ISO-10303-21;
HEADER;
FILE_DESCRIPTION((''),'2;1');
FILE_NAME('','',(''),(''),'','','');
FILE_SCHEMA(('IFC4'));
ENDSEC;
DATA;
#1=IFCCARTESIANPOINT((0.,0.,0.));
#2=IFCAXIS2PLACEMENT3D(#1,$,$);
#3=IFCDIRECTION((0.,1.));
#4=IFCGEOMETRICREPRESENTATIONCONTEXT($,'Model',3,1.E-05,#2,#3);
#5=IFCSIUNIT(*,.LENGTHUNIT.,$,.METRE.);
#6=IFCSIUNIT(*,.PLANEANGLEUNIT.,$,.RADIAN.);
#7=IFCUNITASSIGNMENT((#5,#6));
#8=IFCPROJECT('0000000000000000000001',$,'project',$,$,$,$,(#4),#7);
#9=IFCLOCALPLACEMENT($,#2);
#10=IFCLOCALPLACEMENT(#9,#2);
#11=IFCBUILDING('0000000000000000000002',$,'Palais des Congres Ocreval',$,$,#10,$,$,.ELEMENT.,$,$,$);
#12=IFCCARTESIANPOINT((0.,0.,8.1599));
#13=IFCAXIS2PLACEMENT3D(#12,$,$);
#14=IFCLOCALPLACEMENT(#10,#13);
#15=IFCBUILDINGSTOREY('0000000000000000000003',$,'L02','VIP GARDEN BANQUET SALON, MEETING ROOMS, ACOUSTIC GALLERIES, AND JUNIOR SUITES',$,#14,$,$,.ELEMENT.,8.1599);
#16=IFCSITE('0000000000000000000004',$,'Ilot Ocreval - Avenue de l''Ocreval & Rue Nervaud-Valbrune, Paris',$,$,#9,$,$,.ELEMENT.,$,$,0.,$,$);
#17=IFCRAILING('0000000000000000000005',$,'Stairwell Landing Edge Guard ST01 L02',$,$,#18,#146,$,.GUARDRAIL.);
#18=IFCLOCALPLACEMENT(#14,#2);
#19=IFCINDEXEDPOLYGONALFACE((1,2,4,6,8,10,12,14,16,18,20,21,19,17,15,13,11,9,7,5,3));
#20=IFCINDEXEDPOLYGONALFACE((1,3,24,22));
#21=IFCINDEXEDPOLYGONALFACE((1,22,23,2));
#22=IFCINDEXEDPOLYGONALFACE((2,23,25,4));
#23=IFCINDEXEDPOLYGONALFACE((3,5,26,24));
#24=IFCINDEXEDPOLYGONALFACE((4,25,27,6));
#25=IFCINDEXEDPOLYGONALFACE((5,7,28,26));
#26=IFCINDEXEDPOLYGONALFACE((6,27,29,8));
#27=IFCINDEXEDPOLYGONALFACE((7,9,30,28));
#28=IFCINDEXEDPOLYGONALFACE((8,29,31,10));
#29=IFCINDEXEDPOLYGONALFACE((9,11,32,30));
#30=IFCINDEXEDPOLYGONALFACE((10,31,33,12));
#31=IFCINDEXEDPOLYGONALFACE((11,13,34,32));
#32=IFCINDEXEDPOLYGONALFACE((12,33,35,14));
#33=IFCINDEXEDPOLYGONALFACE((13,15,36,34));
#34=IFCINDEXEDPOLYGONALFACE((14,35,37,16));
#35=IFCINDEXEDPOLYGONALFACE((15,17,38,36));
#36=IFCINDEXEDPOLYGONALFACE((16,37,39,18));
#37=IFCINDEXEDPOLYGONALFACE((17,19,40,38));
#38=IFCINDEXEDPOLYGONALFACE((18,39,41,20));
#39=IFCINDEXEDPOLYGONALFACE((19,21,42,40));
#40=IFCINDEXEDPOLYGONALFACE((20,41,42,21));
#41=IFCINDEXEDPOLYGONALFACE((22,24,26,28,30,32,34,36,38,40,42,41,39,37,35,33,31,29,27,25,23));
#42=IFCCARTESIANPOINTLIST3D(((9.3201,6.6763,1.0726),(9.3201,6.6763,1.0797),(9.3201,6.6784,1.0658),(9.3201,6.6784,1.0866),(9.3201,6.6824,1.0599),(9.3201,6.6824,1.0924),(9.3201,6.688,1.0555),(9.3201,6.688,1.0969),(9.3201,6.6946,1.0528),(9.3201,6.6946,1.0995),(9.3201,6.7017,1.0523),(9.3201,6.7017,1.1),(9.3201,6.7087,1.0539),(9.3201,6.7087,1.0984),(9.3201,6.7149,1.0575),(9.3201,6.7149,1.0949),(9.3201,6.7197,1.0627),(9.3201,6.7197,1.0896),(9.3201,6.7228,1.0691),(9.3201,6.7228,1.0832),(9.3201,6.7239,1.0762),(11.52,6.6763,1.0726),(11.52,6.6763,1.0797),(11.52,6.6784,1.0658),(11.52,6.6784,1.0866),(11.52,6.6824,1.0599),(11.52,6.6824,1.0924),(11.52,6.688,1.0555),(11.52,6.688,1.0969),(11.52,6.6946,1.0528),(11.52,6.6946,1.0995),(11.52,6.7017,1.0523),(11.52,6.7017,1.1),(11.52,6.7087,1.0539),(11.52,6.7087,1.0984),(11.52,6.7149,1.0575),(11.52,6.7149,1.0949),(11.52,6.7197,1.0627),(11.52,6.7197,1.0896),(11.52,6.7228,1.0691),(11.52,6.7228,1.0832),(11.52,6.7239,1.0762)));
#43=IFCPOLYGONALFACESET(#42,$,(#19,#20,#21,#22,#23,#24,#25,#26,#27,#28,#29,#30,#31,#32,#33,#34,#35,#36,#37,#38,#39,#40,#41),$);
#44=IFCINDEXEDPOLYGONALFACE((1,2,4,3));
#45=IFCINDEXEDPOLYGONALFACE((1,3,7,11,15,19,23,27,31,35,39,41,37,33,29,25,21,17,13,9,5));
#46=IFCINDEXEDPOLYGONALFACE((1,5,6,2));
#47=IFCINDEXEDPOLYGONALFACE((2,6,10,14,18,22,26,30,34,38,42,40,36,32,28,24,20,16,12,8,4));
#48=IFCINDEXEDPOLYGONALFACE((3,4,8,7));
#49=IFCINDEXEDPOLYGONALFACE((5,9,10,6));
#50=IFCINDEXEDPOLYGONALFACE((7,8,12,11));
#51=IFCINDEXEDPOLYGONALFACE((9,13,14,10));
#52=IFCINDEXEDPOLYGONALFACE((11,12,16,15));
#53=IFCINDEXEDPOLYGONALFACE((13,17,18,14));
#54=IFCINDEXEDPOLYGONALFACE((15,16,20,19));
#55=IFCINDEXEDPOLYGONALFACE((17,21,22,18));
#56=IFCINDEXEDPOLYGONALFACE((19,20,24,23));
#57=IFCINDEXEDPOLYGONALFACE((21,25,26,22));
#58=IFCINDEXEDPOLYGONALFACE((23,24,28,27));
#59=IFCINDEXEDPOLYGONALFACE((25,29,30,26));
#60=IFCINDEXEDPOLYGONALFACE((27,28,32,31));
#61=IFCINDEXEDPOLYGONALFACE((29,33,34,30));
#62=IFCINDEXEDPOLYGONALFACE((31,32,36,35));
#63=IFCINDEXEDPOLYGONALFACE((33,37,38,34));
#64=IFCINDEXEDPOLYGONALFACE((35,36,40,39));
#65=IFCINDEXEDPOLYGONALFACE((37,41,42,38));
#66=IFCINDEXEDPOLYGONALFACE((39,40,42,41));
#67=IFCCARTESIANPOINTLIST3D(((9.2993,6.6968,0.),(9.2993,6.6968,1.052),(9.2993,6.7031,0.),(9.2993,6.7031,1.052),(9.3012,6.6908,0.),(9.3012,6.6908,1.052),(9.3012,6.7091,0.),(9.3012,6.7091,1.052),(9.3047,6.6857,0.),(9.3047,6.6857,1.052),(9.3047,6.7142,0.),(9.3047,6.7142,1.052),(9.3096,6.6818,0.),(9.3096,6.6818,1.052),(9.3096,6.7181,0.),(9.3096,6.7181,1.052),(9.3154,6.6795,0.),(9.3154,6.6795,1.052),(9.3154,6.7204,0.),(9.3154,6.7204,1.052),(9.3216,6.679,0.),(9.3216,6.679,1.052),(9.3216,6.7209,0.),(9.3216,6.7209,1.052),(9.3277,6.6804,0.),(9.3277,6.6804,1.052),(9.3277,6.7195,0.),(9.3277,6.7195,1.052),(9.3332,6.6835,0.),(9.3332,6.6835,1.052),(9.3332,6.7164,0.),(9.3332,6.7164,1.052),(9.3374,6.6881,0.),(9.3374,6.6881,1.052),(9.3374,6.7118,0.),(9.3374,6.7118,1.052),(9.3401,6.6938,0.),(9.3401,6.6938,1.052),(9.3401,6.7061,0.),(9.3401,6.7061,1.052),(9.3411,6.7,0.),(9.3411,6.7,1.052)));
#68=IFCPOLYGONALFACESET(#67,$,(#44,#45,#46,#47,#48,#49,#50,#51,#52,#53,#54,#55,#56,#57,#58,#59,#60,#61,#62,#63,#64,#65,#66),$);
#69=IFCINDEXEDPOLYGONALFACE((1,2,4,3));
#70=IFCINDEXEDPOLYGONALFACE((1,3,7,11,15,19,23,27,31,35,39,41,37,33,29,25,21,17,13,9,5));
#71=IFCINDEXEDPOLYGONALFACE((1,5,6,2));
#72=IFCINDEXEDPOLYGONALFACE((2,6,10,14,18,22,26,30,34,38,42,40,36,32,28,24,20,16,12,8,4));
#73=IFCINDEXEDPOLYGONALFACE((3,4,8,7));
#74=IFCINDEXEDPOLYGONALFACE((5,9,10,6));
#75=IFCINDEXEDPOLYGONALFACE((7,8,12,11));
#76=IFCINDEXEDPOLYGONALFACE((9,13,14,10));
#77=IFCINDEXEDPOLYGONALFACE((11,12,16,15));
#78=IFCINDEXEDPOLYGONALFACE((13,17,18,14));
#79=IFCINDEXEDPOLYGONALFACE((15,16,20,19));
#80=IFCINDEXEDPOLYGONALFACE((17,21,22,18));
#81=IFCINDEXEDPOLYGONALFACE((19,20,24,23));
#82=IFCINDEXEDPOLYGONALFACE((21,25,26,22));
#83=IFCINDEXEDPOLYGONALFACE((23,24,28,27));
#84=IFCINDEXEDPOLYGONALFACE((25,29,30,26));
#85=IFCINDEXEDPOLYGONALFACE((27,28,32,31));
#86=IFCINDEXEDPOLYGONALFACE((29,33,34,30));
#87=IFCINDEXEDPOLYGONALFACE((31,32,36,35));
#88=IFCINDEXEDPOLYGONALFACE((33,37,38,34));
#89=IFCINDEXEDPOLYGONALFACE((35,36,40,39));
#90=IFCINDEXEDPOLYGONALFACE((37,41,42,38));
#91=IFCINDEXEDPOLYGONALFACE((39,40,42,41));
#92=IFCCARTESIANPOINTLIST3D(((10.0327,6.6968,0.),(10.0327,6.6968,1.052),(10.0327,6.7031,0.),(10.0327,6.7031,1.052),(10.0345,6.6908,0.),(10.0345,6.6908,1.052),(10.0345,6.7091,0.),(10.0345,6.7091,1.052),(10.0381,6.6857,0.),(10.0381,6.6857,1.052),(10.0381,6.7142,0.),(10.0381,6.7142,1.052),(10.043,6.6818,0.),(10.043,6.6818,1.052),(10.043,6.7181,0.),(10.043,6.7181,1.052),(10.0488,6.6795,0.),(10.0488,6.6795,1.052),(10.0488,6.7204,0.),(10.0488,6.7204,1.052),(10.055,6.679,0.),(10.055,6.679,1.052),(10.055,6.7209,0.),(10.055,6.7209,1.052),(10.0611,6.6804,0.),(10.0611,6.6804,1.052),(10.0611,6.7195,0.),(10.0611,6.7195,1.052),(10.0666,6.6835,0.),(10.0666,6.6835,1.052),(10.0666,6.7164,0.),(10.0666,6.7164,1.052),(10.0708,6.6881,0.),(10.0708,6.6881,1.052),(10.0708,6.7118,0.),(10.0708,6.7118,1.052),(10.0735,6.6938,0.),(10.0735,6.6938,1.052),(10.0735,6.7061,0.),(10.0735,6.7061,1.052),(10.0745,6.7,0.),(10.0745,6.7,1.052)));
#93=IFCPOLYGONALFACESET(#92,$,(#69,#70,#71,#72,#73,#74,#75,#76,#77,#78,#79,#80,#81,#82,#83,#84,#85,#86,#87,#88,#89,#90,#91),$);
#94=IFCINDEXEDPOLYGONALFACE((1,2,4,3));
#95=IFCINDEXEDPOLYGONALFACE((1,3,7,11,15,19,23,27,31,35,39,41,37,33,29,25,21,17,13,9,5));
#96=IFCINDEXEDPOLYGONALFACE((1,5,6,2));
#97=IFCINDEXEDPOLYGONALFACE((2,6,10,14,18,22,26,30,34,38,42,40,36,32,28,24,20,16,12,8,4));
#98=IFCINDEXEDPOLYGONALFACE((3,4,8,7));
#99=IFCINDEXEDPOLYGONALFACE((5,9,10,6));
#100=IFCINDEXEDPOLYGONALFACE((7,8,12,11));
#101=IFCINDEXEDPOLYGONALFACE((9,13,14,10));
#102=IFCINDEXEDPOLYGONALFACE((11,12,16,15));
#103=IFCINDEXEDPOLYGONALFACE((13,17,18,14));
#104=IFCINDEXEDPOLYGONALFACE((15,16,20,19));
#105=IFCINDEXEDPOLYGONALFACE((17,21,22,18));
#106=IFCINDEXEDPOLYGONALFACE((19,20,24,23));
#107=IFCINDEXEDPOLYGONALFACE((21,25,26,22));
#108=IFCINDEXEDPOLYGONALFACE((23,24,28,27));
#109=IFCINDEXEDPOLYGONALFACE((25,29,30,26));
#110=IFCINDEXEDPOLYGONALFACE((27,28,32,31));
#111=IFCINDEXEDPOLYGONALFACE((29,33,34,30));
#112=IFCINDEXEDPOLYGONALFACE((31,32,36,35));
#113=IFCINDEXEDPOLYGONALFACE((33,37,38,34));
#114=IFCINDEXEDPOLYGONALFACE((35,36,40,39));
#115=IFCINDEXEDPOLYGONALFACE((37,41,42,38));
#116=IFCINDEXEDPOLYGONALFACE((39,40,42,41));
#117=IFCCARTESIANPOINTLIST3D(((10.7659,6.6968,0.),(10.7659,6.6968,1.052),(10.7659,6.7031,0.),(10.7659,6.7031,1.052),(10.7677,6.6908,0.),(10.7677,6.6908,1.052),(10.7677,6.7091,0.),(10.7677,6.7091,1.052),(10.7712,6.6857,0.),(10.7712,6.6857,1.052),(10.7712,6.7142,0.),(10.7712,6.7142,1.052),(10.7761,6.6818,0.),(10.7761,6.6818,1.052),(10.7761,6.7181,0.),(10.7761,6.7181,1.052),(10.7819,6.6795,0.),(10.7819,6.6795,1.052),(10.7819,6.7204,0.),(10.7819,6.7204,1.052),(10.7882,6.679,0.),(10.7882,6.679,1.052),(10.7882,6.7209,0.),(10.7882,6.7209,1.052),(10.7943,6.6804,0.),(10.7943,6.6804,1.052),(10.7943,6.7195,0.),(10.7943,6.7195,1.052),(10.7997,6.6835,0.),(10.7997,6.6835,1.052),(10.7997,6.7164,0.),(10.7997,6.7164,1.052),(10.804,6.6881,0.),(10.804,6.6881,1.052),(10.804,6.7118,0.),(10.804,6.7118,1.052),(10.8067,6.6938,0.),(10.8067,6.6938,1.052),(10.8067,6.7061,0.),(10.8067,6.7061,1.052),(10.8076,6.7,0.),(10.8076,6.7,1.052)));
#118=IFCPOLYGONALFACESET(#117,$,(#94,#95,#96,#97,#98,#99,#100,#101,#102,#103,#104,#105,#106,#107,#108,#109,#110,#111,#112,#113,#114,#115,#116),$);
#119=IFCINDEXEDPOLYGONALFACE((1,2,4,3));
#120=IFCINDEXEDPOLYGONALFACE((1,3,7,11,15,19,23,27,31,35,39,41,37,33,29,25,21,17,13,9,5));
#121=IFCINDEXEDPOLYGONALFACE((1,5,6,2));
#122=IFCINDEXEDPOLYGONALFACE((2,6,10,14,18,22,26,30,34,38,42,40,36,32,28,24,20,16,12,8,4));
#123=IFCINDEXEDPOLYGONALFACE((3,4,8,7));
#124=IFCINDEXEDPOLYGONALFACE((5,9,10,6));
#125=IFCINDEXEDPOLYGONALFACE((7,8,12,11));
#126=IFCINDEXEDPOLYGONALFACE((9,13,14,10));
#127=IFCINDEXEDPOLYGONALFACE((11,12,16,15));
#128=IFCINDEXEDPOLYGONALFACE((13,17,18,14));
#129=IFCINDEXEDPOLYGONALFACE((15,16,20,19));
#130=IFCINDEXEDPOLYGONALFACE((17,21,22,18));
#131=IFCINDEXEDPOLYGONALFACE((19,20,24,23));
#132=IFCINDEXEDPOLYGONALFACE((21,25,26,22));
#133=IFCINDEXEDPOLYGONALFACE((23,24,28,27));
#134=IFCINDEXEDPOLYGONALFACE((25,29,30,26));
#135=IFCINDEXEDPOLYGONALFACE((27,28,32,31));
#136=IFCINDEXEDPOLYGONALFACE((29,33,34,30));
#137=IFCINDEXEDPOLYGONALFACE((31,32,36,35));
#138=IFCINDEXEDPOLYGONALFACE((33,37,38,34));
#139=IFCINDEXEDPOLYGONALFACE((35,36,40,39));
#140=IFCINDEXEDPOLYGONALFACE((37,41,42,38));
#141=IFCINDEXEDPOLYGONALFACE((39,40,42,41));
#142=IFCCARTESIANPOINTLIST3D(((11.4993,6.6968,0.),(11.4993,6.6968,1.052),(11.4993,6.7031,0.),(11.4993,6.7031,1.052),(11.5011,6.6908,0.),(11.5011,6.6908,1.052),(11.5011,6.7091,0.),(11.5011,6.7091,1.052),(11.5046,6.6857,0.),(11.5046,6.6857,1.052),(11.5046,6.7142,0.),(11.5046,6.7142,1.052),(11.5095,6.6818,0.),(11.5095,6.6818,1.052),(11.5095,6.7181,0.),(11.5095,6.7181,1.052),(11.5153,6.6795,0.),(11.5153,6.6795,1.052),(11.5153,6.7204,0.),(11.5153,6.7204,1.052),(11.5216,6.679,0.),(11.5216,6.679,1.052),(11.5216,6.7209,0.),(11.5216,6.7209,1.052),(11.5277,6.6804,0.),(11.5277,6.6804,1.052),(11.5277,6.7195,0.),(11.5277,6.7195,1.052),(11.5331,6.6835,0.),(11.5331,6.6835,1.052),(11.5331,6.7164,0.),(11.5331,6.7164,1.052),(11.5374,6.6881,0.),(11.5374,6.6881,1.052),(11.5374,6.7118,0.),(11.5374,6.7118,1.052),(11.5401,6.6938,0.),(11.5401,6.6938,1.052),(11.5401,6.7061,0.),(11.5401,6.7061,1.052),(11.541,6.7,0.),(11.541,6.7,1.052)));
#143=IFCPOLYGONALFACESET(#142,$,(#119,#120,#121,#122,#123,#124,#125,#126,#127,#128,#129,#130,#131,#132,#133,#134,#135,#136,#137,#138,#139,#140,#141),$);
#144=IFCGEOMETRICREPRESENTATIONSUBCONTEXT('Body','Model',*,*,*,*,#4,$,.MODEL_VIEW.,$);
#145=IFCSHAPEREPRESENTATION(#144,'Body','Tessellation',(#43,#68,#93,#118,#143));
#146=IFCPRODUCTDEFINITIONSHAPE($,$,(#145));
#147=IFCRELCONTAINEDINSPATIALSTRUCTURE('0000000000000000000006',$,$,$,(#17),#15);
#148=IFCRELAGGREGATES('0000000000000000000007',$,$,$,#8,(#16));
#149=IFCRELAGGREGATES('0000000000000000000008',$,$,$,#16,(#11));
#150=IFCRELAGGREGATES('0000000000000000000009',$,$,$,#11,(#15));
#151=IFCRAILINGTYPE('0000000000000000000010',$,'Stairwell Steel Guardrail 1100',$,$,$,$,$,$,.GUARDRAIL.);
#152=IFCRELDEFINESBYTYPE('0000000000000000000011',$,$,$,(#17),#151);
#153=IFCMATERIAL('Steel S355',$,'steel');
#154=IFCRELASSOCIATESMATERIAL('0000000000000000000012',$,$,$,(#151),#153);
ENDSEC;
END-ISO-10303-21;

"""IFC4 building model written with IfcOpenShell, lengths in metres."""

from ifc_helpers import new_model, si_unit, direction, frame, origin, origin_2d, place, context, subcontext, project, spatial, circle, extrude, material, type_object, element, save


model = new_model("IFC4")

# Units and contexts
model_context = context("Model", 3, precision=1e-05, world=origin(), true_north=direction((0.0, 1.0)))
body_context = subcontext(model_context, "Body", "Model", "MODEL_VIEW")
ifc_project = project(units=[si_unit("LENGTHUNIT", "METRE"), si_unit("PLANEANGLEUNIT", "RADIAN")], contexts=[model_context])

# Site, building, storey
site_placement = place(None, origin())
site = spatial("IfcSite", under=ifc_project, at=site_placement, Name="Ilot Ocreval - Avenue de l'Ocreval & Rue Nervaud-Valbrune, Paris", CompositionType="ELEMENT", RefElevation=0.0)
building_placement = place(site_placement, origin())
building = spatial("IfcBuilding", under=site, at=building_placement, Name="Palais des Congres Ocreval", CompositionType="ELEMENT")
storey_placement = place(building_placement, frame((0.0, 0.0, 8.1599)))
storey = spatial("IfcBuildingStorey", under=building, at=storey_placement, Name="L02", Description="VIP GARDEN BANQUET SALON, MEETING ROOMS, ACOUSTIC GALLERIES, AND JUNIOR SUITES", CompositionType="ELEMENT", Elevation=8.1599)

# Shared definitions
ifc_material_1 = material(Name="Steel S355", Category="steel")

# Railing
railing_type_1 = type_object("IfcRailingType", Name="Stairwell Steel Guardrail 1100", PredefinedType="GUARDRAIL", material=ifc_material_1)
railing_1_placement = place(storey_placement, frame((9.3201, 6.7, 0.0)))
element("IfcRailing", 1, at=railing_1_placement, inside=storey, type_object=railing_type_1, Name="Stairwell Landing Edge Guard ST01 L02", PredefinedType="GUARDRAIL", context=body_context, shape_type="SweptSolid", body=[
    extrude(circle(Radius=0.0239, at=origin_2d()), frame((0.0, 0.0, 1.0762), z_axis=(1.0, 0.0, 0.0), x_axis=(0.0, 1.0, 0.0)), (0.0, 0.0, 1.0), 2.2),
    extrude(circle(Radius=0.021, at=origin_2d()), origin(), (0.0, 0.0, 1.0), 1.052),
    extrude(circle(Radius=0.021, at=origin_2d()), frame((0.7334, 0.0, 0.0)), (0.0, 0.0, 1.0), 1.052),
    extrude(circle(Radius=0.021, at=origin_2d()), frame((1.4666, 0.0, 0.0)), (0.0, 0.0, 1.0), 1.052),
    extrude(circle(Radius=0.021, at=origin_2d()), frame((2.2, 0.0, 0.0)), (0.0, 0.0, 1.0), 1.052),
])

save(model, "model.ifc")
